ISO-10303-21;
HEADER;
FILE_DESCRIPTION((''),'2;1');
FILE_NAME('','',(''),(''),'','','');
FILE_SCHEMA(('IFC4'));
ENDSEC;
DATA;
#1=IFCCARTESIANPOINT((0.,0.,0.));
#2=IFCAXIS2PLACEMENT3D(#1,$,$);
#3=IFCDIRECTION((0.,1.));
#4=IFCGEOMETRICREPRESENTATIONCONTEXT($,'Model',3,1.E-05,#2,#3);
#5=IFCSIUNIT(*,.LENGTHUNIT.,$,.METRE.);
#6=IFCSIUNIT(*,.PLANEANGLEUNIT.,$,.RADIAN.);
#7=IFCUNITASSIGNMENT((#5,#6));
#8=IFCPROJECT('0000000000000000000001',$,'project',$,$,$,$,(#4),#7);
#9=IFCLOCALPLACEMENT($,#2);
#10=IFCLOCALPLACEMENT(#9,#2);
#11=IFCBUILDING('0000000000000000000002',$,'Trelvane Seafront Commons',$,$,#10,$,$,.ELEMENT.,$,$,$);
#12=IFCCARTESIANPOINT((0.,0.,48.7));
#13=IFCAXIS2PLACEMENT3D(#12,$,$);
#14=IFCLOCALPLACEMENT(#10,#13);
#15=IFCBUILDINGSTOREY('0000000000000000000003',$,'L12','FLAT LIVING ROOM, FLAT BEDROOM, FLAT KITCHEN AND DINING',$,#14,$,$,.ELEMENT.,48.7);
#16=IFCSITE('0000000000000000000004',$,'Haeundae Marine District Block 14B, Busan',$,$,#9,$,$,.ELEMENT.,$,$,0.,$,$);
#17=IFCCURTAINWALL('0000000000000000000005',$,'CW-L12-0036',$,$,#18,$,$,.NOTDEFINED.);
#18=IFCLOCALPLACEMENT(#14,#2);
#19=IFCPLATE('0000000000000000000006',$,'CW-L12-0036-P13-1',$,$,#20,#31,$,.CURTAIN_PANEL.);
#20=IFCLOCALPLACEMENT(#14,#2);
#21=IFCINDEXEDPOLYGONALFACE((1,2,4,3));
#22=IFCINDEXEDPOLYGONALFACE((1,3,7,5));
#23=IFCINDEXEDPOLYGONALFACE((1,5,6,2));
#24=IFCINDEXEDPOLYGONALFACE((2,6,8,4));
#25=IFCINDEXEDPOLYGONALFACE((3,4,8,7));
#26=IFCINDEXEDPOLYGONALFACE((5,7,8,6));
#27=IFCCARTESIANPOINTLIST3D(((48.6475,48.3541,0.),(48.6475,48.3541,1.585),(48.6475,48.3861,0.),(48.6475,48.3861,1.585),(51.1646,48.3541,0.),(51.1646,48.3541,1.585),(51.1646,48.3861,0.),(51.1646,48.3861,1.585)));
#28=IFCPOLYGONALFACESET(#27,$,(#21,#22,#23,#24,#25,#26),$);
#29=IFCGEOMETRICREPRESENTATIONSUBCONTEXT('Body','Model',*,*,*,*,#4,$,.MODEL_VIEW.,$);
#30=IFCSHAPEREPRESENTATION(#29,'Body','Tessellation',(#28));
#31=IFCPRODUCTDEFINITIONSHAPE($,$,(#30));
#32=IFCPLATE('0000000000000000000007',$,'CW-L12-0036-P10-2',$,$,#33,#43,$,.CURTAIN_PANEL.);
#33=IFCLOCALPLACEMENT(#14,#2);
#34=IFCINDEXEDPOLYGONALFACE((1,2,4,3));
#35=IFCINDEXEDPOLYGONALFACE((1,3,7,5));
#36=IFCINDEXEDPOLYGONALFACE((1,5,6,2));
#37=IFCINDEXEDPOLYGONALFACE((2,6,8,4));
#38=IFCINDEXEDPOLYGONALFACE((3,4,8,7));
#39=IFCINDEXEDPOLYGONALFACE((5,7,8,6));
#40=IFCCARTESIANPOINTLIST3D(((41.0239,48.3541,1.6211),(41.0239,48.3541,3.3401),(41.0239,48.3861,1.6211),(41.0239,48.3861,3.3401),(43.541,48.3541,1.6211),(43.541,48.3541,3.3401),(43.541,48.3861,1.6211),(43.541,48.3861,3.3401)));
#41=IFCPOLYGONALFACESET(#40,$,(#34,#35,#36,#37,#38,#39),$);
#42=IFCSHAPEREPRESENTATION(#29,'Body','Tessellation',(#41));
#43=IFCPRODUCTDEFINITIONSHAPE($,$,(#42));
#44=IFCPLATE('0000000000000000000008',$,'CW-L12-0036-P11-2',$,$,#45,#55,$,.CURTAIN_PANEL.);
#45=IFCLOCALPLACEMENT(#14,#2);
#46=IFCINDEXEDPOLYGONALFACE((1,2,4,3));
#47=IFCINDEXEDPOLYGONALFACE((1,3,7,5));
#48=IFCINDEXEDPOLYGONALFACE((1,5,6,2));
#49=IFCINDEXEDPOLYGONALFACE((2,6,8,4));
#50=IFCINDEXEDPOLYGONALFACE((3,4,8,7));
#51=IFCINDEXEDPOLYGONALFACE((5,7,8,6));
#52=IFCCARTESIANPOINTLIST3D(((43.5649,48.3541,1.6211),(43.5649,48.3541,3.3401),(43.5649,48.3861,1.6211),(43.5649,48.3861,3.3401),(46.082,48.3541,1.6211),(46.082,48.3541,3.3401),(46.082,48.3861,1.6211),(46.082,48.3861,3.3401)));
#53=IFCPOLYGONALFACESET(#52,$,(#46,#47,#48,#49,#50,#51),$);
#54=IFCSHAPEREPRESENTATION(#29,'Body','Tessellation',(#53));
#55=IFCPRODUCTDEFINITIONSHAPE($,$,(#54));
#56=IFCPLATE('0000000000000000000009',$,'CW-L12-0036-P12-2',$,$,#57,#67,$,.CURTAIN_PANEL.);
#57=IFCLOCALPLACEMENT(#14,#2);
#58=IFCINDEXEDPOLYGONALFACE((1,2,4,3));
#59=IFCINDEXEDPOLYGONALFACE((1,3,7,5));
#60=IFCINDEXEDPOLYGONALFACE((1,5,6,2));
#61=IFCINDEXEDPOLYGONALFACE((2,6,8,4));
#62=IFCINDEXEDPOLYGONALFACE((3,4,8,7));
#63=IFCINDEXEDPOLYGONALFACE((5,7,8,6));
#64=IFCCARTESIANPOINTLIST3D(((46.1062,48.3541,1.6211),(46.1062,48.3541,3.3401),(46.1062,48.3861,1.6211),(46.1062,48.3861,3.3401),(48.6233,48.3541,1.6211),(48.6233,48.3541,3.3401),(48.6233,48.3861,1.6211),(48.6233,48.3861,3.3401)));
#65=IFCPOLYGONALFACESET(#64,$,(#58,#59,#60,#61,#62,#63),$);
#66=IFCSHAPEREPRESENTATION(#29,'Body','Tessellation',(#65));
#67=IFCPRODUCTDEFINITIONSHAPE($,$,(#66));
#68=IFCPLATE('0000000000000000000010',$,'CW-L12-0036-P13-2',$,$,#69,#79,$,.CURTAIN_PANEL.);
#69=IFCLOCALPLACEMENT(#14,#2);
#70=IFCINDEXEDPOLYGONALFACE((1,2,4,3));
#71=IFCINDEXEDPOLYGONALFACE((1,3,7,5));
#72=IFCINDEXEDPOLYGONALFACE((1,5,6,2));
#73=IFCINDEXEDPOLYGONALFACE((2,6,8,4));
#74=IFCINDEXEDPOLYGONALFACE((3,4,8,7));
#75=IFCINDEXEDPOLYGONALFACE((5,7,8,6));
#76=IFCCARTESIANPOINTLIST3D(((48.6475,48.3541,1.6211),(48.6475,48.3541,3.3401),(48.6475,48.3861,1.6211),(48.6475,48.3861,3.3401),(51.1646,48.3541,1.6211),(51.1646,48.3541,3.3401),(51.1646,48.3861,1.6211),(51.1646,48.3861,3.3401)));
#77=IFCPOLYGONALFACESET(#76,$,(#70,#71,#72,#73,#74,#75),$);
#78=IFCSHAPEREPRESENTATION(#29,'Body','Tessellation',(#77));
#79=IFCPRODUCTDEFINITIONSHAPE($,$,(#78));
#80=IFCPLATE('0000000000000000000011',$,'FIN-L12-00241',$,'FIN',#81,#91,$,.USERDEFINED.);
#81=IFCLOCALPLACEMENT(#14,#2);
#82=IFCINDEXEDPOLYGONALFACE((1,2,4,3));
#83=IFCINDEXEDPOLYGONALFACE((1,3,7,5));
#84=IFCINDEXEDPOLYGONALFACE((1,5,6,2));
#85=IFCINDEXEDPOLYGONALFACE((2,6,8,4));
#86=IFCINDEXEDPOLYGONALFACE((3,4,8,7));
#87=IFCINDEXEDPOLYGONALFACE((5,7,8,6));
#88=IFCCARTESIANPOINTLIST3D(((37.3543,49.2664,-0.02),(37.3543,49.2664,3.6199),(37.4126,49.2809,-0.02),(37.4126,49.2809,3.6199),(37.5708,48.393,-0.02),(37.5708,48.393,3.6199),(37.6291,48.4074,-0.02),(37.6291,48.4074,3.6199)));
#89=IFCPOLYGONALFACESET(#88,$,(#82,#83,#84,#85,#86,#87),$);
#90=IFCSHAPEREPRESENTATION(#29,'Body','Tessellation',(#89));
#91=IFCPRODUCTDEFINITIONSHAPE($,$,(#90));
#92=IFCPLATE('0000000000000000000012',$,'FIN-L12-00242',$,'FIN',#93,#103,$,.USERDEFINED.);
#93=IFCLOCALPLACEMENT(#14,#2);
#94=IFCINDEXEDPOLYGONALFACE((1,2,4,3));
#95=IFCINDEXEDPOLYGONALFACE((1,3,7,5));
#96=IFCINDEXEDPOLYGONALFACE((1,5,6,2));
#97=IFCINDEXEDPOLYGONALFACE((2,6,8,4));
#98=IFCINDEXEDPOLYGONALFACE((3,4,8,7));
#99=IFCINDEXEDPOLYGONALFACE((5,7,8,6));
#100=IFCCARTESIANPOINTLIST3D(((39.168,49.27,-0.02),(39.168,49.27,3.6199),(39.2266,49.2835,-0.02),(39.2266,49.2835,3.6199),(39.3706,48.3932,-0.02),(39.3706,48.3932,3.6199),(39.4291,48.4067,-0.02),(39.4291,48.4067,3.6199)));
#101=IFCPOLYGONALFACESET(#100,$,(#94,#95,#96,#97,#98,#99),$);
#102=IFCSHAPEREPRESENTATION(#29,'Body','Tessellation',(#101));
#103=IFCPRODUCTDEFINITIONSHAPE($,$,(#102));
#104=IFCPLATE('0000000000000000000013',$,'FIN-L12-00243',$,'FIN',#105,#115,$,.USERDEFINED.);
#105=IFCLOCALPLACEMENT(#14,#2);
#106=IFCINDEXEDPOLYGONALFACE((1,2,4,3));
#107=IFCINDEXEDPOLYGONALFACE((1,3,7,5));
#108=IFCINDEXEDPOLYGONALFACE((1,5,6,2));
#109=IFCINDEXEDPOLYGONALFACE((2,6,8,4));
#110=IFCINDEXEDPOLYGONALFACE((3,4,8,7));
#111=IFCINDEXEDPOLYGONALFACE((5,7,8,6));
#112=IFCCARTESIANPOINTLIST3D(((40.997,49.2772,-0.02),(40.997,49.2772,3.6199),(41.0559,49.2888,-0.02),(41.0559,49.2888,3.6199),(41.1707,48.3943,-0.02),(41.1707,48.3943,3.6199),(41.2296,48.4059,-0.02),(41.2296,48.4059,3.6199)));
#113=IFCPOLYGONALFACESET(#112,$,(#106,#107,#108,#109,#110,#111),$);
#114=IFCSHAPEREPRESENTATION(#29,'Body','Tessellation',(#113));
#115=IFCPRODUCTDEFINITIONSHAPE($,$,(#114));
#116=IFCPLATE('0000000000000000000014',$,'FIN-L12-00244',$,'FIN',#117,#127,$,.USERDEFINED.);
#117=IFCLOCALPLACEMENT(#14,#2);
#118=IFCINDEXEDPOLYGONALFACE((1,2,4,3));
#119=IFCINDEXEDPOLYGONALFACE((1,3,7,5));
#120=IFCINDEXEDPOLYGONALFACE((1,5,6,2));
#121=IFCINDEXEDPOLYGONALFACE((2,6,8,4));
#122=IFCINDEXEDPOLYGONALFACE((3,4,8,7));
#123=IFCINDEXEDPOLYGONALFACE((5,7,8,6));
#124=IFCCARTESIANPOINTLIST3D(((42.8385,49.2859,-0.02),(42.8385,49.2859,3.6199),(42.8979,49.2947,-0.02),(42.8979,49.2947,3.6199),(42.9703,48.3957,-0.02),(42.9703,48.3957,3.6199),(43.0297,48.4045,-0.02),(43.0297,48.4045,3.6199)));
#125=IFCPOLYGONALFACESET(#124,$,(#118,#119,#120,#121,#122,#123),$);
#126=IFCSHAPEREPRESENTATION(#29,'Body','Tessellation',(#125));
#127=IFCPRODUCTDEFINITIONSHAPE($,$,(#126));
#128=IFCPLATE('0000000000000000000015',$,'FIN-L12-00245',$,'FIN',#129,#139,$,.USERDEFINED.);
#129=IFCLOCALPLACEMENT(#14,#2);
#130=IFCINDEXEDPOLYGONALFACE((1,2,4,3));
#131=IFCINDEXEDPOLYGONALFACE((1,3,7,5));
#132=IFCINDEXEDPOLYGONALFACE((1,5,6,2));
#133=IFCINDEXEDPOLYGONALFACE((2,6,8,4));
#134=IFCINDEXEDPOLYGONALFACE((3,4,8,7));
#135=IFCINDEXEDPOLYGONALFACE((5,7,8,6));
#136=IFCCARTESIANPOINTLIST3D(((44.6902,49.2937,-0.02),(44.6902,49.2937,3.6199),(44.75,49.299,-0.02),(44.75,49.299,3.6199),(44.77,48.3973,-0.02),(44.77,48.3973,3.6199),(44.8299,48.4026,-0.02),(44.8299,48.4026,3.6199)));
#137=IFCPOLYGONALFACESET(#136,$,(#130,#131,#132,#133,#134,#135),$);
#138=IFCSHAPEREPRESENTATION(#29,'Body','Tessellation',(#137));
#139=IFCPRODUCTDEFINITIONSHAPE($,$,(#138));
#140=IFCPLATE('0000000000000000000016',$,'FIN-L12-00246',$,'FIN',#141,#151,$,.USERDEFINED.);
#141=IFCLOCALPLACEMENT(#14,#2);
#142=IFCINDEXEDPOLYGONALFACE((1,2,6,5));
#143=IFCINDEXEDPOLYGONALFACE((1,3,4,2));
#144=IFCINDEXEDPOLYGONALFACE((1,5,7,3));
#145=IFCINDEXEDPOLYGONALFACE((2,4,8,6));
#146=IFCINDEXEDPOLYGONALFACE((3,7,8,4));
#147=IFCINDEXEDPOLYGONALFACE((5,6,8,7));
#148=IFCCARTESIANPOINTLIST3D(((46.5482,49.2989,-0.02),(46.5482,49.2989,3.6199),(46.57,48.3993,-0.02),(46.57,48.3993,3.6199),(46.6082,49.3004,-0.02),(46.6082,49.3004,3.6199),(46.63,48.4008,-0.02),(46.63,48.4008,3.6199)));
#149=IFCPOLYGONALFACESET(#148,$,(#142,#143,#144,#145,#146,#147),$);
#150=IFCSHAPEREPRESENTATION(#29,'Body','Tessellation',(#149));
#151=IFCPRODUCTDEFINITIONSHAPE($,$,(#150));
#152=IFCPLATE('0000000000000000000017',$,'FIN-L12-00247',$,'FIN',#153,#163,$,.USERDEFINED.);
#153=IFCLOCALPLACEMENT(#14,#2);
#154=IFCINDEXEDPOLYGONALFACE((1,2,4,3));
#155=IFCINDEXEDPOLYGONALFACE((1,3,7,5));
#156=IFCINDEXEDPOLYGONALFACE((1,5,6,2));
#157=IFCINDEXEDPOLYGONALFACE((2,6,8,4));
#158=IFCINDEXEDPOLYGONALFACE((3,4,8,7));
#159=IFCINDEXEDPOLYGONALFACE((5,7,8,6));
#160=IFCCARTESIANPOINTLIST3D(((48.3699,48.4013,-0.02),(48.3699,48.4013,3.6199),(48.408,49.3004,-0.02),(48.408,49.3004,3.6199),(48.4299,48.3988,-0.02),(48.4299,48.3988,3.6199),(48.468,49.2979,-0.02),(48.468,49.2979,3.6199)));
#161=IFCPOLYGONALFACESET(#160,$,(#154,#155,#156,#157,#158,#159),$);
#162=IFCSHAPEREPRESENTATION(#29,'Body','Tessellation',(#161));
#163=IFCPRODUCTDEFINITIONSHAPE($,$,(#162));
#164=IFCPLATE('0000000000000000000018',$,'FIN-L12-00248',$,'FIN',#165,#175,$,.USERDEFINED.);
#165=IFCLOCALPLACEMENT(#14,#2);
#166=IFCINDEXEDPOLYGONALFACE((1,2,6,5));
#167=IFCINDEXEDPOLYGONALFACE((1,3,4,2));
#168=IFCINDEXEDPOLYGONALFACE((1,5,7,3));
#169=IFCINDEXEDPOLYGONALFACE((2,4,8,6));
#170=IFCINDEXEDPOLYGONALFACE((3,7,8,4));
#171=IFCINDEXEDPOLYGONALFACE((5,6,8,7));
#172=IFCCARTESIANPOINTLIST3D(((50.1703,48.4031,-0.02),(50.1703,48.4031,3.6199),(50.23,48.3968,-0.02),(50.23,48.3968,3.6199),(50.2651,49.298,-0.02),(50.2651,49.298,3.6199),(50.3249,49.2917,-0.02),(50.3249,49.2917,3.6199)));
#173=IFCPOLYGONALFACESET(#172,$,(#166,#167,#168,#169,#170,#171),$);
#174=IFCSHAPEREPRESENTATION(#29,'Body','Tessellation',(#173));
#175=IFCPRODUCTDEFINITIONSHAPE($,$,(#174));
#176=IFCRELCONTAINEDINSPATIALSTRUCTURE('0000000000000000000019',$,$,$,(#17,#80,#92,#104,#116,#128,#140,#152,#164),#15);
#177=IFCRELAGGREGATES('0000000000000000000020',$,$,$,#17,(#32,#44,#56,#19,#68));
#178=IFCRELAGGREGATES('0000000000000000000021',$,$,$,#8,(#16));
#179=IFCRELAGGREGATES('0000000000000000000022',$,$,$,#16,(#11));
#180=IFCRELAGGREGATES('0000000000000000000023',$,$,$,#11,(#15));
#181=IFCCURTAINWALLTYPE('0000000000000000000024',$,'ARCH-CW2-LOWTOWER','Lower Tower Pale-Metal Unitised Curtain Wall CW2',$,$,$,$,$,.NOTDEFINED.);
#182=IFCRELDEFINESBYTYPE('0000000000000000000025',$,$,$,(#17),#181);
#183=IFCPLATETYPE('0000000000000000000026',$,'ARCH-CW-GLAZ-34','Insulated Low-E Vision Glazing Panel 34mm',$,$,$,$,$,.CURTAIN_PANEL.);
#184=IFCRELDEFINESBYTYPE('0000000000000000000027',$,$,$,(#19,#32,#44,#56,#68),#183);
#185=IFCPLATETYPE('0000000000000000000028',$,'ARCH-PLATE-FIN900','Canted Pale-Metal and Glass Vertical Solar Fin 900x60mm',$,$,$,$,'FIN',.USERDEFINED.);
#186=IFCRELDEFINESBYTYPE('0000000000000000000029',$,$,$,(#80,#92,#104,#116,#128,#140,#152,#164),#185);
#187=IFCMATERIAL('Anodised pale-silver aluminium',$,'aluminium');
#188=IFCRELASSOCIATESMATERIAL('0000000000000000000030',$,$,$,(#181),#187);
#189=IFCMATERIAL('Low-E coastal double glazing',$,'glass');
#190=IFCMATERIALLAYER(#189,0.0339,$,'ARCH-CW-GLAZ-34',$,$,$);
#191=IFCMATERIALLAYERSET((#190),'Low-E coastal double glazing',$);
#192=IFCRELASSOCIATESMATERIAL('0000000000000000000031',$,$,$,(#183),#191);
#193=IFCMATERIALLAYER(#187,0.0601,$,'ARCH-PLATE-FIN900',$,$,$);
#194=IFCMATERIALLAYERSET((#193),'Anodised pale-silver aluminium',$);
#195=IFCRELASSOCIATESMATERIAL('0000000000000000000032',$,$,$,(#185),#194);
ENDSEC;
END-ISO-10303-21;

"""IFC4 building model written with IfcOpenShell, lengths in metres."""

from ifc_helpers import new_model, si_unit, direction, frame, origin, origin_2d, place, context, subcontext, project, spatial, rectangle, extrude, source, transform, mapped, material, layer, layer_set, type_object, element, aggregate, save


model = new_model("IFC4")

# Units and contexts
model_context = context("Model", 3, precision=1e-05, world=origin(), true_north=direction((0.0, 1.0)))
body_context = subcontext(model_context, "Body", "Model", "MODEL_VIEW")
ifc_project = project(units=[si_unit("LENGTHUNIT", "METRE"), si_unit("PLANEANGLEUNIT", "RADIAN")], contexts=[model_context])

# Site, building, storey
site_placement = place(None, origin())
site = spatial("IfcSite", under=ifc_project, at=site_placement, Name="Haeundae Marine District Block 14B, Busan", CompositionType="ELEMENT", RefElevation=0.0)
building_placement = place(site_placement, origin())
building = spatial("IfcBuilding", under=site, at=building_placement, Name="Trelvane Seafront Commons", CompositionType="ELEMENT")
storey_placement = place(building_placement, frame((0.0, 0.0, 48.7)))
storey = spatial("IfcBuildingStorey", under=building, at=storey_placement, Name="L12", Description="FLAT LIVING ROOM, FLAT BEDROOM, FLAT KITCHEN AND DINING", CompositionType="ELEMENT", Elevation=48.7)

# Curtain wall, plates
ifc_material_1 = material(Name="Anodised pale-silver aluminium", Category="aluminium")
curtain_wall_type = type_object("IfcCurtainWallType", Name="ARCH-CW2-LOWTOWER", Description="Lower Tower Pale-Metal Unitised Curtain Wall CW2", PredefinedType="NOTDEFINED", material=ifc_material_1)
curtain_wall_placement = place(storey_placement, origin())
curtain_wall = element("IfcCurtainWall", 1, at=curtain_wall_placement, inside=storey, type_object=curtain_wall_type, Name="CW-L12-0036", PredefinedType="NOTDEFINED")
ifc_material_2 = material(Name="Low-E coastal double glazing", Category="glass")
ifc_layer_1 = layer(ifc_material_2, 0.0339, Name="ARCH-CW-GLAZ-34")
ifc_layer_set_1 = layer_set([ifc_layer_1], Name="Low-E coastal double glazing")
plate_type_1 = type_object("IfcPlateType", Name="ARCH-CW-GLAZ-34", Description="Insulated Low-E Vision Glazing Panel 34mm", PredefinedType="CURTAIN_PANEL", material=ifc_layer_set_1)
shared_shape_1 = source(origin(), body_context, "Body", "SweptSolid", [
    extrude(rectangle(XDim=2.5171, YDim=0.032, at=origin_2d()), origin(), (0.0, 0.0, 1.0), 1.585),
])
plate_1_placement = place(storey_placement, frame((49.906, 48.3701, 0.0), z_axis=(0.0, 0.0, 1.0), x_axis=(1.0, 0.0, 0.0)))
plate_1 = element("IfcPlate", 2, at=plate_1_placement, type_object=plate_type_1, Name="CW-L12-0036-P13-1", PredefinedType="CURTAIN_PANEL", context=body_context, shape_type="MappedRepresentation", body=[
    mapped(shared_shape_1, transform((0.0, 0.0, 0.0), x_axis=(1.0, 0.0, 0.0), y_axis=(0.0, 1.0, 0.0), z_axis=(0.0, 0.0, 1.0), scale=1.0)),
])
shared_shape_2 = source(origin(), body_context, "Body", "SweptSolid", [
    extrude(rectangle(XDim=2.5171, YDim=0.032, at=origin_2d()), origin(), (0.0, 0.0, 1.0), 1.719),
])
plate_2_placement = place(storey_placement, frame((42.2825, 48.3701, 1.6211), z_axis=(0.0, 0.0, 1.0), x_axis=(1.0, 0.0, 0.0)))
plate_2 = element("IfcPlate", 3, at=plate_2_placement, type_object=plate_type_1, Name="CW-L12-0036-P10-2", PredefinedType="CURTAIN_PANEL", context=body_context, shape_type="MappedRepresentation", body=[
    mapped(shared_shape_2, transform((0.0, 0.0, 0.0), x_axis=(1.0, 0.0, 0.0), y_axis=(0.0, 1.0, 0.0), z_axis=(0.0, 0.0, 1.0), scale=1.0)),
])
plate_3_placement = place(storey_placement, frame((44.8235, 48.3701, 1.6211), z_axis=(0.0, 0.0, 1.0), x_axis=(1.0, 0.0, 0.0)))
plate_3 = element("IfcPlate", 4, at=plate_3_placement, type_object=plate_type_1, Name="CW-L12-0036-P11-2", PredefinedType="CURTAIN_PANEL", context=body_context, shape_type="MappedRepresentation", body=[
    mapped(shared_shape_2, transform((0.0, 0.0, 0.0), x_axis=(1.0, 0.0, 0.0), y_axis=(0.0, 1.0, 0.0), z_axis=(0.0, 0.0, 1.0), scale=1.0)),
])
plate_4_placement = place(storey_placement, frame((47.3647, 48.3701, 1.6211), z_axis=(0.0, 0.0, 1.0), x_axis=(1.0, 0.0, 0.0)))
plate_4 = element("IfcPlate", 5, at=plate_4_placement, type_object=plate_type_1, Name="CW-L12-0036-P12-2", PredefinedType="CURTAIN_PANEL", context=body_context, shape_type="MappedRepresentation", body=[
    mapped(shared_shape_2, transform((0.0, 0.0, 0.0), x_axis=(1.0, 0.0, 0.0), y_axis=(0.0, 1.0, 0.0), z_axis=(0.0, 0.0, 1.0), scale=1.0)),
])
plate_5_placement = place(storey_placement, frame((49.906, 48.3701, 1.6211), z_axis=(0.0, 0.0, 1.0), x_axis=(1.0, 0.0, 0.0)))
plate_5 = element("IfcPlate", 6, at=plate_5_placement, type_object=plate_type_1, Name="CW-L12-0036-P13-2", PredefinedType="CURTAIN_PANEL", context=body_context, shape_type="MappedRepresentation", body=[
    mapped(shared_shape_2, transform((0.0, 0.0, 0.0), x_axis=(1.0, 0.0, 0.0), y_axis=(0.0, 1.0, 0.0), z_axis=(0.0, 0.0, 1.0), scale=1.0)),
])
aggregate(curtain_wall, [plate_2, plate_3, plate_4, plate_1, plate_5])

# Plates
ifc_layer_2 = layer(ifc_material_1, 0.0601, Name="ARCH-PLATE-FIN900")
ifc_layer_set_2 = layer_set([ifc_layer_2], Name="Anodised pale-silver aluminium")
plate_type_2 = type_object("IfcPlateType", Name="ARCH-PLATE-FIN900", Description="Canted Pale-Metal and Glass Vertical Solar Fin 900x60mm", ElementType="FIN", PredefinedType="USERDEFINED", material=ifc_layer_set_2)
shared_shape_3 = source(origin(), body_context, "Body", "SweptSolid", [
    extrude(rectangle(XDim=0.8999, YDim=0.0601, at=origin_2d()), origin(), (0.0, 0.0, 1.0), 3.6399),
])
for number, where, z_axis, x_axis, name in (
    (7, (37.4917, 48.8369, -0.02), (0.0, 0.0, 1.0), (-0.240548, 0.970637, 0.0), "FIN-L12-00241"),
    (8, (39.2986, 48.8384, -0.02), (0.0, 0.0, 1.0), (-0.225111, 0.974333, 0.0), "FIN-L12-00242"),
    (9, (41.1133, 48.8416, -0.02), (0.0, 0.0, 1.0), (-0.192996, 0.981199, 0.0), "FIN-L12-00243"),
    (10, (42.9341, 48.8452, -0.02), (0.0, 0.0, 1.0), (-0.146444, 0.989219, 0.0), "FIN-L12-00244"),
    (11, (44.76, 48.8481, -0.02), (0.0, 0.0, 1.0), (-0.088783, 0.996051, 0.0), "FIN-L12-00245"),
    (12, (46.5891, 48.8499, -0.02), (0.0, 0.0, 1.0), (-0.024223, 0.999707, 0.0), "FIN-L12-00246"),
    (13, (48.4189, 48.8496, -0.02), (0.0, 0.0, 1.0), (0.042333, 0.999104, 0.0), "FIN-L12-00247"),
    (14, (50.2476, 48.8474, -0.02), (0.0, 0.0, 1.0), (0.105443, 0.994425, 0.0), "FIN-L12-00248"),
):
    element("IfcPlate", number, at=place(storey_placement, frame(where, z_axis=z_axis, x_axis=x_axis)), inside=storey, type_object=plate_type_2, Name=name, ObjectType="FIN", PredefinedType="USERDEFINED", context=body_context, shape_type="MappedRepresentation", body=[
        mapped(shared_shape_3, transform((0.0, 0.0, 0.0), x_axis=(1.0, 0.0, 0.0), y_axis=(0.0, 1.0, 0.0), z_axis=(0.0, 0.0, 1.0), scale=1.0)),
    ])

save(model, "model.ifc")
